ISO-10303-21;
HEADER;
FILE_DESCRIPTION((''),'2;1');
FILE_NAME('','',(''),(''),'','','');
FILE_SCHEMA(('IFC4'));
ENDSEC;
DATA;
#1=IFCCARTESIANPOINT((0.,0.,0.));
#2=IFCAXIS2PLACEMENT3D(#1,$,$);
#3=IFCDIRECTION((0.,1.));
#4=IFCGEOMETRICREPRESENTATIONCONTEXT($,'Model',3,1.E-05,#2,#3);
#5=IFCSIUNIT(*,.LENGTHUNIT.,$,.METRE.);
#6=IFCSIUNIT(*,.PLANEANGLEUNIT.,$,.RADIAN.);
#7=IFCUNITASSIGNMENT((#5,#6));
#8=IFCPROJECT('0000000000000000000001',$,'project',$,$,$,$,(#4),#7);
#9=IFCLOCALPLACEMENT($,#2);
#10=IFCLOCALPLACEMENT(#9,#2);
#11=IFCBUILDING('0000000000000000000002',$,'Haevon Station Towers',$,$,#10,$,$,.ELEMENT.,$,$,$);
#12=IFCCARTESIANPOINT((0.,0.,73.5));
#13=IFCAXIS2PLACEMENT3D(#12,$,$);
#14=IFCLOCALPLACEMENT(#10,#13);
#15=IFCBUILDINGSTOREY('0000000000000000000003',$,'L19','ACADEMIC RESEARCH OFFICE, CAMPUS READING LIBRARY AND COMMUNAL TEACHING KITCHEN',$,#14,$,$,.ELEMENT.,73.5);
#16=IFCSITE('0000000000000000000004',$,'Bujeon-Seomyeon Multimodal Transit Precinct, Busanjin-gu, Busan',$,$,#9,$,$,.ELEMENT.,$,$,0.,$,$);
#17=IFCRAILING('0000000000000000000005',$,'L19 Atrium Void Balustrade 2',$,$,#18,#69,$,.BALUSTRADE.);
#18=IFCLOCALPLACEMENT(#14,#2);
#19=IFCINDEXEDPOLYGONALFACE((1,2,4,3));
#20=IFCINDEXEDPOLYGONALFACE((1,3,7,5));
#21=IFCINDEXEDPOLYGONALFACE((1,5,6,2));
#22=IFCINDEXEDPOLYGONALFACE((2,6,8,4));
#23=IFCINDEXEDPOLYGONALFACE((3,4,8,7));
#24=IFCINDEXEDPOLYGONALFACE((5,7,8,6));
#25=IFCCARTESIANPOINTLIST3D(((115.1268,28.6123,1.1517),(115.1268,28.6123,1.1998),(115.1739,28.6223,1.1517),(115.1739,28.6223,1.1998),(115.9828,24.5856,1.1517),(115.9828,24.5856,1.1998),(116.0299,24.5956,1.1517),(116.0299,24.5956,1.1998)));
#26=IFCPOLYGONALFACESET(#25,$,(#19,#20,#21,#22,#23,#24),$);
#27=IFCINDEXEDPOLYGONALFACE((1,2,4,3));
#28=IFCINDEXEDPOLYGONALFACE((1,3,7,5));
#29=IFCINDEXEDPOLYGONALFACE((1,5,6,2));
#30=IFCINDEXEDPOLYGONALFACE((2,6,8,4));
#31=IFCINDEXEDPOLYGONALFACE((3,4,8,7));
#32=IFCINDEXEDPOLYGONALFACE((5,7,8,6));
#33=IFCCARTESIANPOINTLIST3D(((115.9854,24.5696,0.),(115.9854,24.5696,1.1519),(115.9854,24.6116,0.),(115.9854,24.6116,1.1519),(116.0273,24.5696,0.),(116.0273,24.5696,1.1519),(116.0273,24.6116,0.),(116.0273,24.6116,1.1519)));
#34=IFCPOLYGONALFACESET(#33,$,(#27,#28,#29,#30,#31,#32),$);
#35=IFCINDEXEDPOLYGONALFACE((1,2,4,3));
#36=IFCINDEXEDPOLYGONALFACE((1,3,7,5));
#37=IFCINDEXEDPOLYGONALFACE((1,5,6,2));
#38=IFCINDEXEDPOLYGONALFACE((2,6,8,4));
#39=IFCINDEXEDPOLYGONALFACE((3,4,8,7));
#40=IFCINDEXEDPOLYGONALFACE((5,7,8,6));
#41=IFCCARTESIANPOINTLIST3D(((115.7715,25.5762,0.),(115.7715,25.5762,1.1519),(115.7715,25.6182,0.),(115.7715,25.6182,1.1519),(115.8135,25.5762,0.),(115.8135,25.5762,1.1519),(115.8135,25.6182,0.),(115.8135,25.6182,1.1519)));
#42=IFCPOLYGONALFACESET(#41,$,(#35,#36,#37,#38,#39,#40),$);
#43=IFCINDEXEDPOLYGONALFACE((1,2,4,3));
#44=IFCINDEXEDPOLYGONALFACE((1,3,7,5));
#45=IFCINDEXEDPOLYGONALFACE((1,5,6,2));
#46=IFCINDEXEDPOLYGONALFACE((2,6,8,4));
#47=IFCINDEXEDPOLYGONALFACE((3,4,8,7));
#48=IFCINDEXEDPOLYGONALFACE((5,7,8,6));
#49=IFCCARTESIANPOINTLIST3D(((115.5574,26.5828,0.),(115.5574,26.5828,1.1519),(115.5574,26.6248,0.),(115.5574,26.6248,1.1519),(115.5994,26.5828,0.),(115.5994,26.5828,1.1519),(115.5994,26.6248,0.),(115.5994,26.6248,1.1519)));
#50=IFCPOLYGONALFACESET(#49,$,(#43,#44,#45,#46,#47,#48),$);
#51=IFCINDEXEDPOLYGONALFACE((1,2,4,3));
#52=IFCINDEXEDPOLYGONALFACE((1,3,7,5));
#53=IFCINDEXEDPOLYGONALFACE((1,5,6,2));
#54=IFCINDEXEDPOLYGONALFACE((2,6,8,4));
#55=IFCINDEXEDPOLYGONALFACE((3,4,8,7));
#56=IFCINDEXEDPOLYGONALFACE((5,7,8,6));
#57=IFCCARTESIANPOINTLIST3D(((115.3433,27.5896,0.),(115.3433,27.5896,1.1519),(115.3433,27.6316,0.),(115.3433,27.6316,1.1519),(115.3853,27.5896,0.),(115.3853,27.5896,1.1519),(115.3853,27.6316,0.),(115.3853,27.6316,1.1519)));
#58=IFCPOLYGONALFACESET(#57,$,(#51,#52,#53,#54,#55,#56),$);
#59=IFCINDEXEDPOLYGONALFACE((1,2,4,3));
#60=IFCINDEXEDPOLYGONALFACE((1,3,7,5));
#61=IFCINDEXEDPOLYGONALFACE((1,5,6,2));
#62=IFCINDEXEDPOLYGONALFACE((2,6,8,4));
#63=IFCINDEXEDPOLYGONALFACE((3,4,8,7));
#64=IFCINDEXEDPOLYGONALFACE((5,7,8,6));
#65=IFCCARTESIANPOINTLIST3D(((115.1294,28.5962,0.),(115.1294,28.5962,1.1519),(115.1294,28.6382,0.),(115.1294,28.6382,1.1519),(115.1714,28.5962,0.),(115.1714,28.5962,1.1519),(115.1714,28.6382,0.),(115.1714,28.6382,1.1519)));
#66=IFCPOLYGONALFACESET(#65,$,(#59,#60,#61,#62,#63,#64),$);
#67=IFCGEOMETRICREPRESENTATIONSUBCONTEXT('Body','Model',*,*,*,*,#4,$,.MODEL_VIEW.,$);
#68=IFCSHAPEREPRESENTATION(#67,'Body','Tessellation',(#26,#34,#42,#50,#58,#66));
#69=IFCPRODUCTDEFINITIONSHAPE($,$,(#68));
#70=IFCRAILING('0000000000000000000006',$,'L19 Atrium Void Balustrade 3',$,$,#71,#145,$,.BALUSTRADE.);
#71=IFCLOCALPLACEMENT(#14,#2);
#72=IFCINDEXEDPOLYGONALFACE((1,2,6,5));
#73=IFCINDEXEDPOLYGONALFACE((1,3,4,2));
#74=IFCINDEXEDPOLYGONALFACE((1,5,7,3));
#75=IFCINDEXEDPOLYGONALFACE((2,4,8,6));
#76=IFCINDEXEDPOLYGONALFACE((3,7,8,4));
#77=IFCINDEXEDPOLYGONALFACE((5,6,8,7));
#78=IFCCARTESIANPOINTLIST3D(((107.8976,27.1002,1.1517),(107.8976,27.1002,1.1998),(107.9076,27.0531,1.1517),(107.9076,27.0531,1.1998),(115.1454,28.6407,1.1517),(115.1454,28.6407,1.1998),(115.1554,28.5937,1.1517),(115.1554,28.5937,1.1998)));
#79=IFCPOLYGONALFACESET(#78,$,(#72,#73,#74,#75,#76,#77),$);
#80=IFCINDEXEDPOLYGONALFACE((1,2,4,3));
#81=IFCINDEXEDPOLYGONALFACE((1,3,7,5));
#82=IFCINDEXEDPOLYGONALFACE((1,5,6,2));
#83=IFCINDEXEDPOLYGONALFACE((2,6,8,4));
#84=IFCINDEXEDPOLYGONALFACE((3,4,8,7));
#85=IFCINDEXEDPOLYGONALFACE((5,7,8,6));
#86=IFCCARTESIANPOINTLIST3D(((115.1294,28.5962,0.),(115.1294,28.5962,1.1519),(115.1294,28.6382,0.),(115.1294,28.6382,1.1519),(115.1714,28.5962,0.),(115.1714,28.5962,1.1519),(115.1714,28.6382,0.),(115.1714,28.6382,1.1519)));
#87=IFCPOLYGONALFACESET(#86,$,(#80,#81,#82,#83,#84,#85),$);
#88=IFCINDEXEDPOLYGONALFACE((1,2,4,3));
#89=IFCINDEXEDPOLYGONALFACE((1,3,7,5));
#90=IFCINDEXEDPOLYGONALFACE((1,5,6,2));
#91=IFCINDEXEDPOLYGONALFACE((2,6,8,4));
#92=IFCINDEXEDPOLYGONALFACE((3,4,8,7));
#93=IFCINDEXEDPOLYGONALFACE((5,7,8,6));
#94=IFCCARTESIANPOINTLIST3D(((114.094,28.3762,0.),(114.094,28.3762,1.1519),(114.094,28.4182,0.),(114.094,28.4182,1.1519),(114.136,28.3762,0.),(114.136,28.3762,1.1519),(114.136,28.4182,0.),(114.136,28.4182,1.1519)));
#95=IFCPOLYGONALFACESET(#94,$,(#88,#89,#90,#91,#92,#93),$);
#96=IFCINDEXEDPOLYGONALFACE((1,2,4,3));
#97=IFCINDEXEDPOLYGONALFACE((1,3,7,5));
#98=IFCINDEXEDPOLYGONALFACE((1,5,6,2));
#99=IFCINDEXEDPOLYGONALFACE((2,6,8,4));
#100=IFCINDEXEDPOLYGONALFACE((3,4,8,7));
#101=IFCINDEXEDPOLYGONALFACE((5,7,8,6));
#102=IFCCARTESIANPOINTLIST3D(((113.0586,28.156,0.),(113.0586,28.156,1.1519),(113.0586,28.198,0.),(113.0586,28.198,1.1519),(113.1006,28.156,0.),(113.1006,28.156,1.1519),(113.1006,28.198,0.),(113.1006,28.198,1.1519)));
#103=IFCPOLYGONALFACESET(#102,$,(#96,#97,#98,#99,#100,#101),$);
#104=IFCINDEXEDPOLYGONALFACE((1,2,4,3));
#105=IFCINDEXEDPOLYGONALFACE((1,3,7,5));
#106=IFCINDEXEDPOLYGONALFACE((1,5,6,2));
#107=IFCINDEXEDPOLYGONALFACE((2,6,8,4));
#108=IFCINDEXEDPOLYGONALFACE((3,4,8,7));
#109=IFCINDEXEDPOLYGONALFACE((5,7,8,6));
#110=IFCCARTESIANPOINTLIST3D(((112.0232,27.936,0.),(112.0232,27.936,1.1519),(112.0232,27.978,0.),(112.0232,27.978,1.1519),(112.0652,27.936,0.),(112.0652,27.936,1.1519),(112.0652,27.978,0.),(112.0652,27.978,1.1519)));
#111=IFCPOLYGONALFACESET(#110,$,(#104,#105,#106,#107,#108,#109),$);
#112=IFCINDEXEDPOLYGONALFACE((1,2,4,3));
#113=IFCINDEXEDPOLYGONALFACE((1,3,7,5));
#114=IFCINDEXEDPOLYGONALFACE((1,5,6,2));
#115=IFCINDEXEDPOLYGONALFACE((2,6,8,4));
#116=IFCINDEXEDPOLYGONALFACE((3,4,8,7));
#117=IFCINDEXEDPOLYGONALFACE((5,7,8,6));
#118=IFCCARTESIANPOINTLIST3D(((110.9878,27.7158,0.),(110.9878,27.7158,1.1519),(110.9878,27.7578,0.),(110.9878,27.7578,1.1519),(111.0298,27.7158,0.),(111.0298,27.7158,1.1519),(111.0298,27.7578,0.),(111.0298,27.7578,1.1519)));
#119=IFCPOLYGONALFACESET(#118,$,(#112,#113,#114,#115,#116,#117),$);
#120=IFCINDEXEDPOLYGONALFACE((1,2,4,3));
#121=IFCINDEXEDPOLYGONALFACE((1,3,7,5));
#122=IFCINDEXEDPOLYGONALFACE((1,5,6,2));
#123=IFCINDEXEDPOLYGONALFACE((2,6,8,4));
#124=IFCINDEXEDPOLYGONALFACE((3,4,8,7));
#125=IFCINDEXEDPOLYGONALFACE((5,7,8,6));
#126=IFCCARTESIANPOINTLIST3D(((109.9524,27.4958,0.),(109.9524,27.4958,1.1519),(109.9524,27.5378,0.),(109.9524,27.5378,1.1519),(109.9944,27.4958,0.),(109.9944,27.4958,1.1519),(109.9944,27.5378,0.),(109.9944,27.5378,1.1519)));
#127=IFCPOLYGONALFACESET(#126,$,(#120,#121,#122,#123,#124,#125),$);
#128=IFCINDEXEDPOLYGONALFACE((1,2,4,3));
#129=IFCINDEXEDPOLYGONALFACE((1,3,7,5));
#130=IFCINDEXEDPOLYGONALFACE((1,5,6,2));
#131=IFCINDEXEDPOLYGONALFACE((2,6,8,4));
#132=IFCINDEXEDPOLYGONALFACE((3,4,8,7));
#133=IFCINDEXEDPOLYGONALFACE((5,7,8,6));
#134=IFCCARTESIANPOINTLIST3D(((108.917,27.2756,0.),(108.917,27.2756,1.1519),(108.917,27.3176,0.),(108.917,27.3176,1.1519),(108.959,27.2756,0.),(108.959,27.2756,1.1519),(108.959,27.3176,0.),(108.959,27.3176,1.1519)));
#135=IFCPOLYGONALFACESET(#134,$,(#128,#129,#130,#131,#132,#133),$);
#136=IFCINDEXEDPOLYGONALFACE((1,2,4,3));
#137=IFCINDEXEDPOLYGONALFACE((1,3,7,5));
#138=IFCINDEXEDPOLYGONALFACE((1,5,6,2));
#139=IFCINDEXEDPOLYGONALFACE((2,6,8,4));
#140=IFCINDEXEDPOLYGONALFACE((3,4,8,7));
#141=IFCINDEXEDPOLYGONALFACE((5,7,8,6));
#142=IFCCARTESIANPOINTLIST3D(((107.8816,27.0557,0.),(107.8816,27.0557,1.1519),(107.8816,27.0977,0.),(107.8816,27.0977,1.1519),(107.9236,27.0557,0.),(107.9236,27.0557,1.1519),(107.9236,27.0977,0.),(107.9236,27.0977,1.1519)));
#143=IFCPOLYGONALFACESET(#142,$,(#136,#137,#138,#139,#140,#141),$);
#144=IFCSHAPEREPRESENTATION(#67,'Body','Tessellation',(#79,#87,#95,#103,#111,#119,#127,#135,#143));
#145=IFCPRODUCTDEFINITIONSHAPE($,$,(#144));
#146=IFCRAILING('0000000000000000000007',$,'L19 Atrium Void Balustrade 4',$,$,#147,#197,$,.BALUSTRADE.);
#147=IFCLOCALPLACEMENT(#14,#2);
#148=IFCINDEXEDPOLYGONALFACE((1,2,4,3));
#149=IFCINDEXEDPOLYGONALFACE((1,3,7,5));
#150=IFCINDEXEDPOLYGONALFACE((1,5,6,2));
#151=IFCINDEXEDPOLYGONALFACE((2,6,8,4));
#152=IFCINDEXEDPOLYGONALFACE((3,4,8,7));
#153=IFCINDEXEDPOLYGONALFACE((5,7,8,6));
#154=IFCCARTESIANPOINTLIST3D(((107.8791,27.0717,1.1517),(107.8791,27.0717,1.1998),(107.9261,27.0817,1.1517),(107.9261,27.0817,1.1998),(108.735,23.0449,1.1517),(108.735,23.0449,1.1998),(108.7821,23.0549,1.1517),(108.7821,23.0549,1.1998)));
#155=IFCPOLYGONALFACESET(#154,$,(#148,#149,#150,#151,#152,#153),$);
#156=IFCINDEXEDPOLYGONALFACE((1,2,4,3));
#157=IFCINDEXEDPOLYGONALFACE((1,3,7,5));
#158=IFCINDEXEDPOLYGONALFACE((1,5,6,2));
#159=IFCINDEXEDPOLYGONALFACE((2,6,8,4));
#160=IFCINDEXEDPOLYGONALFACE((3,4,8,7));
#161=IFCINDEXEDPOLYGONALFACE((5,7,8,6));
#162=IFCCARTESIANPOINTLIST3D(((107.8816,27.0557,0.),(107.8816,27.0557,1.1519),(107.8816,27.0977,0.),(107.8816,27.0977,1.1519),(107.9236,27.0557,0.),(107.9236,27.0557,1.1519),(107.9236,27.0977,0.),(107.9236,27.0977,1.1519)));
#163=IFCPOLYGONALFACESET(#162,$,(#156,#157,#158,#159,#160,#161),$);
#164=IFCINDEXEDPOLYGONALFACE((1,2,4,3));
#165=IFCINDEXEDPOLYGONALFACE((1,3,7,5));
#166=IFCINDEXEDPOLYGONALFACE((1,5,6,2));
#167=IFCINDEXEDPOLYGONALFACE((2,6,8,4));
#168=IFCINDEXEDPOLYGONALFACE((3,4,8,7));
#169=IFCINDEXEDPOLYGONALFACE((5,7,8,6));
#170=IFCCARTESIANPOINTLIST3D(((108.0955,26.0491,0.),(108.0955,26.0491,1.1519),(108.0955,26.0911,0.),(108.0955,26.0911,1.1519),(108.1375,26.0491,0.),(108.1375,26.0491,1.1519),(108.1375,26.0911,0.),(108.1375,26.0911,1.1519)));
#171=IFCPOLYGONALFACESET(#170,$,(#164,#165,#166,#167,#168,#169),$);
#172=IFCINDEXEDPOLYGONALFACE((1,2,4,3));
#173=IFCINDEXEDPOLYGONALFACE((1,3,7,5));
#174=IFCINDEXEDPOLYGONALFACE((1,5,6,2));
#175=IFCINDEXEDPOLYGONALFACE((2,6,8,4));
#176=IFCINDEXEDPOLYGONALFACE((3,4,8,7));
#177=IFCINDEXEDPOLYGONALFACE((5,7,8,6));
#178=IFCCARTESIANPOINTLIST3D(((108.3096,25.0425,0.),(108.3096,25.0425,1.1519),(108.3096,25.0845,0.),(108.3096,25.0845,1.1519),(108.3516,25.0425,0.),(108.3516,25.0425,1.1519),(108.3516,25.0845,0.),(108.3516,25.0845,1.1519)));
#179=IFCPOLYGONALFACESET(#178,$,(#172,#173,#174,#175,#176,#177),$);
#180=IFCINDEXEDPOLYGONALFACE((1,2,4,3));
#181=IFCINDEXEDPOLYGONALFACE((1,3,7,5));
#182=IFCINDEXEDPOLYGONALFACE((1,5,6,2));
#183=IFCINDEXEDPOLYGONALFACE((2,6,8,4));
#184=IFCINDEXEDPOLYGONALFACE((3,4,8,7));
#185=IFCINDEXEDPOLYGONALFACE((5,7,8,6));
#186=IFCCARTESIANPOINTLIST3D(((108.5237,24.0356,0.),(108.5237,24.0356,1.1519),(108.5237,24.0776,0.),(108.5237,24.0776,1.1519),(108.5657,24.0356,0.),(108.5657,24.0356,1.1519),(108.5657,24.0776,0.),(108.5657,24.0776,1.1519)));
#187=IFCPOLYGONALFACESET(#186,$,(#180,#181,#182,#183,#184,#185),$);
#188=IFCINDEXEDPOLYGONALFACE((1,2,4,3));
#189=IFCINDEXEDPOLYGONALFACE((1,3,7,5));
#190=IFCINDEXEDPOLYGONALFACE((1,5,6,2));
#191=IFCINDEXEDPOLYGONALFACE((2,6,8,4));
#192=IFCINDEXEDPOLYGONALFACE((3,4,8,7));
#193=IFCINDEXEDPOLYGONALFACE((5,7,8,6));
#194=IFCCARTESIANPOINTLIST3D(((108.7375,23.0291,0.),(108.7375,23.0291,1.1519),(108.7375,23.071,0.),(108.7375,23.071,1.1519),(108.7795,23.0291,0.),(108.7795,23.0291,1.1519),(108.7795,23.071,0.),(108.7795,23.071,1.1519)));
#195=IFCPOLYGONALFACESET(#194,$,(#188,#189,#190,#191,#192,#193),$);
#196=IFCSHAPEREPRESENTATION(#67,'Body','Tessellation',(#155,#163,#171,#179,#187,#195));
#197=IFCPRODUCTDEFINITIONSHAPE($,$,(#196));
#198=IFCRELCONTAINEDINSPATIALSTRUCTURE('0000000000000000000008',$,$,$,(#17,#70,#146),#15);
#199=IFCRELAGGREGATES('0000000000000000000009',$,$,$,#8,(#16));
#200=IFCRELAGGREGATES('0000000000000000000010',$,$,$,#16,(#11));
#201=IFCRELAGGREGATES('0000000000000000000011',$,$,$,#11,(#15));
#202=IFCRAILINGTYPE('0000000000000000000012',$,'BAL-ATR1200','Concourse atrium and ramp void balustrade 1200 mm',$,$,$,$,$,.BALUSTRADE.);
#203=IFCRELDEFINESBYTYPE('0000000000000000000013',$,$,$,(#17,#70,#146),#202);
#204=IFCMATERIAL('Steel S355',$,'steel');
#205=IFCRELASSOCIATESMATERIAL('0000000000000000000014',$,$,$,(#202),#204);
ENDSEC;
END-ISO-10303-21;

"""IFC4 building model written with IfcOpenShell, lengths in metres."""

from ifc_helpers import new_model, si_unit, direction, frame, origin, origin_2d, place, context, subcontext, project, spatial, rectangle, extrude, material, type_object, element, save


model = new_model("IFC4")

# Units and contexts
model_context = context("Model", 3, precision=1e-05, world=origin(), true_north=direction((0.0, 1.0)))
body_context = subcontext(model_context, "Body", "Model", "MODEL_VIEW")
ifc_project = project(units=[si_unit("LENGTHUNIT", "METRE"), si_unit("PLANEANGLEUNIT", "RADIAN")], contexts=[model_context])

# Site, building, storey
site_placement = place(None, origin())
site = spatial("IfcSite", under=ifc_project, at=site_placement, Name="Bujeon-Seomyeon Multimodal Transit Precinct, Busanjin-gu, Busan", CompositionType="ELEMENT", RefElevation=0.0)
building_placement = place(site_placement, origin())
building = spatial("IfcBuilding", under=site, at=building_placement, Name="Haevon Station Towers", CompositionType="ELEMENT")
storey_placement = place(building_placement, frame((0.0, 0.0, 73.5)))
storey = spatial("IfcBuildingStorey", under=building, at=storey_placement, Name="L19", Description="ACADEMIC RESEARCH OFFICE, CAMPUS READING LIBRARY AND COMMUNAL TEACHING KITCHEN", CompositionType="ELEMENT", Elevation=73.5)

# Shared definitions
ifc_material_1 = material(Name="Steel S355", Category="steel")

# Railings
railing_type_1 = type_object("IfcRailingType", Name="BAL-ATR1200", Description="Concourse atrium and ramp void balustrade 1200 mm", PredefinedType="BALUSTRADE", material=ifc_material_1)
railing_1_placement = place(storey_placement, frame((116.0063, 24.5906, 0.0)))
element("IfcRailing", 1, at=railing_1_placement, inside=storey, type_object=railing_type_1, Name="L19 Atrium Void Balustrade 2", PredefinedType="BALUSTRADE", context=body_context, shape_type="SweptSolid", body=[
    extrude(rectangle(XDim=0.0481, YDim=0.0481, at=origin_2d()), frame((0.0, 0.0, 1.1758), z_axis=(-0.207929, 0.978144, 0.0), x_axis=(-0.978144, -0.207929, 0.0)), (0.0, 0.0, 1.0), 4.1167),
    extrude(rectangle(XDim=0.042, YDim=0.042, at=origin_2d()), origin(), (0.0, 0.0, 1.0), 1.1519),
    extrude(rectangle(XDim=0.042, YDim=0.042, at=origin_2d()), frame((-0.2139, 1.0066, 0.0)), (0.0, 0.0, 1.0), 1.1519),
    extrude(rectangle(XDim=0.042, YDim=0.042, at=origin_2d()), frame((-0.428, 2.0132, 0.0)), (0.0, 0.0, 1.0), 1.1519),
    extrude(rectangle(XDim=0.042, YDim=0.042, at=origin_2d()), frame((-0.6421, 3.02, 0.0)), (0.0, 0.0, 1.0), 1.1519),
    extrude(rectangle(XDim=0.042, YDim=0.042, at=origin_2d()), frame((-0.856, 4.0266, 0.0)), (0.0, 0.0, 1.0), 1.1519),
])
railing_2_placement = place(storey_placement, frame((115.1504, 28.6172, 0.0)))
element("IfcRailing", 2, at=railing_2_placement, inside=storey, type_object=railing_type_1, Name="L19 Atrium Void Balustrade 3", PredefinedType="BALUSTRADE", context=body_context, shape_type="SweptSolid", body=[
    extrude(rectangle(XDim=0.0481, YDim=0.0481, at=origin_2d()), frame((0.0, 0.0, 1.1758), z_axis=(-0.978149, -0.207906, 0.0), x_axis=(0.207906, -0.978149, 0.0)), (0.0, 0.0, 1.0), 7.4097),
    extrude(rectangle(XDim=0.042, YDim=0.042, at=origin_2d()), origin(), (0.0, 0.0, 1.0), 1.1519),
    extrude(rectangle(XDim=0.042, YDim=0.042, at=origin_2d()), frame((-1.0354, -0.22, 0.0)), (0.0, 0.0, 1.0), 1.1519),
    extrude(rectangle(XDim=0.042, YDim=0.042, at=origin_2d()), frame((-2.0708, -0.4402, 0.0)), (0.0, 0.0, 1.0), 1.1519),
    extrude(rectangle(XDim=0.042, YDim=0.042, at=origin_2d()), frame((-3.1062, -0.6602, 0.0)), (0.0, 0.0, 1.0), 1.1519),
    extrude(rectangle(XDim=0.042, YDim=0.042, at=origin_2d()), frame((-4.1416, -0.8804, 0.0)), (0.0, 0.0, 1.0), 1.1519),
    extrude(rectangle(XDim=0.042, YDim=0.042, at=origin_2d()), frame((-5.177, -1.1003, 0.0)), (0.0, 0.0, 1.0), 1.1519),
    extrude(rectangle(XDim=0.042, YDim=0.042, at=origin_2d()), frame((-6.2124, -1.3206, 0.0)), (0.0, 0.0, 1.0), 1.1519),
    extrude(rectangle(XDim=0.042, YDim=0.042, at=origin_2d()), frame((-7.2478, -1.5405, 0.0)), (0.0, 0.0, 1.0), 1.1519),
])
railing_3_placement = place(storey_placement, frame((107.9026, 27.0767, 0.0)))
element("IfcRailing", 3, at=railing_3_placement, inside=storey, type_object=railing_type_1, Name="L19 Atrium Void Balustrade 4", PredefinedType="BALUSTRADE", context=body_context, shape_type="SweptSolid", body=[
    extrude(rectangle(XDim=0.0481, YDim=0.0481, at=origin_2d()), frame((0.0, 0.0, 1.1758), z_axis=(0.207929, -0.978144, 0.0), x_axis=(0.978144, 0.207929, 0.0)), (0.0, 0.0, 1.0), 4.1167),
    extrude(rectangle(XDim=0.042, YDim=0.042, at=origin_2d()), origin(), (0.0, 0.0, 1.0), 1.1519),
    extrude(rectangle(XDim=0.042, YDim=0.042, at=origin_2d()), frame((0.2139, -1.0066, 0.0)), (0.0, 0.0, 1.0), 1.1519),
    extrude(rectangle(XDim=0.042, YDim=0.042, at=origin_2d()), frame((0.428, -2.0132, 0.0)), (0.0, 0.0, 1.0), 1.1519),
    extrude(rectangle(XDim=0.042, YDim=0.042, at=origin_2d()), frame((0.6421, -3.02, 0.0)), (0.0, 0.0, 1.0), 1.1519),
    extrude(rectangle(XDim=0.042, YDim=0.042, at=origin_2d()), frame((0.856, -4.0266, 0.0)), (0.0, 0.0, 1.0), 1.1519),
])

save(model, "model.ifc")
